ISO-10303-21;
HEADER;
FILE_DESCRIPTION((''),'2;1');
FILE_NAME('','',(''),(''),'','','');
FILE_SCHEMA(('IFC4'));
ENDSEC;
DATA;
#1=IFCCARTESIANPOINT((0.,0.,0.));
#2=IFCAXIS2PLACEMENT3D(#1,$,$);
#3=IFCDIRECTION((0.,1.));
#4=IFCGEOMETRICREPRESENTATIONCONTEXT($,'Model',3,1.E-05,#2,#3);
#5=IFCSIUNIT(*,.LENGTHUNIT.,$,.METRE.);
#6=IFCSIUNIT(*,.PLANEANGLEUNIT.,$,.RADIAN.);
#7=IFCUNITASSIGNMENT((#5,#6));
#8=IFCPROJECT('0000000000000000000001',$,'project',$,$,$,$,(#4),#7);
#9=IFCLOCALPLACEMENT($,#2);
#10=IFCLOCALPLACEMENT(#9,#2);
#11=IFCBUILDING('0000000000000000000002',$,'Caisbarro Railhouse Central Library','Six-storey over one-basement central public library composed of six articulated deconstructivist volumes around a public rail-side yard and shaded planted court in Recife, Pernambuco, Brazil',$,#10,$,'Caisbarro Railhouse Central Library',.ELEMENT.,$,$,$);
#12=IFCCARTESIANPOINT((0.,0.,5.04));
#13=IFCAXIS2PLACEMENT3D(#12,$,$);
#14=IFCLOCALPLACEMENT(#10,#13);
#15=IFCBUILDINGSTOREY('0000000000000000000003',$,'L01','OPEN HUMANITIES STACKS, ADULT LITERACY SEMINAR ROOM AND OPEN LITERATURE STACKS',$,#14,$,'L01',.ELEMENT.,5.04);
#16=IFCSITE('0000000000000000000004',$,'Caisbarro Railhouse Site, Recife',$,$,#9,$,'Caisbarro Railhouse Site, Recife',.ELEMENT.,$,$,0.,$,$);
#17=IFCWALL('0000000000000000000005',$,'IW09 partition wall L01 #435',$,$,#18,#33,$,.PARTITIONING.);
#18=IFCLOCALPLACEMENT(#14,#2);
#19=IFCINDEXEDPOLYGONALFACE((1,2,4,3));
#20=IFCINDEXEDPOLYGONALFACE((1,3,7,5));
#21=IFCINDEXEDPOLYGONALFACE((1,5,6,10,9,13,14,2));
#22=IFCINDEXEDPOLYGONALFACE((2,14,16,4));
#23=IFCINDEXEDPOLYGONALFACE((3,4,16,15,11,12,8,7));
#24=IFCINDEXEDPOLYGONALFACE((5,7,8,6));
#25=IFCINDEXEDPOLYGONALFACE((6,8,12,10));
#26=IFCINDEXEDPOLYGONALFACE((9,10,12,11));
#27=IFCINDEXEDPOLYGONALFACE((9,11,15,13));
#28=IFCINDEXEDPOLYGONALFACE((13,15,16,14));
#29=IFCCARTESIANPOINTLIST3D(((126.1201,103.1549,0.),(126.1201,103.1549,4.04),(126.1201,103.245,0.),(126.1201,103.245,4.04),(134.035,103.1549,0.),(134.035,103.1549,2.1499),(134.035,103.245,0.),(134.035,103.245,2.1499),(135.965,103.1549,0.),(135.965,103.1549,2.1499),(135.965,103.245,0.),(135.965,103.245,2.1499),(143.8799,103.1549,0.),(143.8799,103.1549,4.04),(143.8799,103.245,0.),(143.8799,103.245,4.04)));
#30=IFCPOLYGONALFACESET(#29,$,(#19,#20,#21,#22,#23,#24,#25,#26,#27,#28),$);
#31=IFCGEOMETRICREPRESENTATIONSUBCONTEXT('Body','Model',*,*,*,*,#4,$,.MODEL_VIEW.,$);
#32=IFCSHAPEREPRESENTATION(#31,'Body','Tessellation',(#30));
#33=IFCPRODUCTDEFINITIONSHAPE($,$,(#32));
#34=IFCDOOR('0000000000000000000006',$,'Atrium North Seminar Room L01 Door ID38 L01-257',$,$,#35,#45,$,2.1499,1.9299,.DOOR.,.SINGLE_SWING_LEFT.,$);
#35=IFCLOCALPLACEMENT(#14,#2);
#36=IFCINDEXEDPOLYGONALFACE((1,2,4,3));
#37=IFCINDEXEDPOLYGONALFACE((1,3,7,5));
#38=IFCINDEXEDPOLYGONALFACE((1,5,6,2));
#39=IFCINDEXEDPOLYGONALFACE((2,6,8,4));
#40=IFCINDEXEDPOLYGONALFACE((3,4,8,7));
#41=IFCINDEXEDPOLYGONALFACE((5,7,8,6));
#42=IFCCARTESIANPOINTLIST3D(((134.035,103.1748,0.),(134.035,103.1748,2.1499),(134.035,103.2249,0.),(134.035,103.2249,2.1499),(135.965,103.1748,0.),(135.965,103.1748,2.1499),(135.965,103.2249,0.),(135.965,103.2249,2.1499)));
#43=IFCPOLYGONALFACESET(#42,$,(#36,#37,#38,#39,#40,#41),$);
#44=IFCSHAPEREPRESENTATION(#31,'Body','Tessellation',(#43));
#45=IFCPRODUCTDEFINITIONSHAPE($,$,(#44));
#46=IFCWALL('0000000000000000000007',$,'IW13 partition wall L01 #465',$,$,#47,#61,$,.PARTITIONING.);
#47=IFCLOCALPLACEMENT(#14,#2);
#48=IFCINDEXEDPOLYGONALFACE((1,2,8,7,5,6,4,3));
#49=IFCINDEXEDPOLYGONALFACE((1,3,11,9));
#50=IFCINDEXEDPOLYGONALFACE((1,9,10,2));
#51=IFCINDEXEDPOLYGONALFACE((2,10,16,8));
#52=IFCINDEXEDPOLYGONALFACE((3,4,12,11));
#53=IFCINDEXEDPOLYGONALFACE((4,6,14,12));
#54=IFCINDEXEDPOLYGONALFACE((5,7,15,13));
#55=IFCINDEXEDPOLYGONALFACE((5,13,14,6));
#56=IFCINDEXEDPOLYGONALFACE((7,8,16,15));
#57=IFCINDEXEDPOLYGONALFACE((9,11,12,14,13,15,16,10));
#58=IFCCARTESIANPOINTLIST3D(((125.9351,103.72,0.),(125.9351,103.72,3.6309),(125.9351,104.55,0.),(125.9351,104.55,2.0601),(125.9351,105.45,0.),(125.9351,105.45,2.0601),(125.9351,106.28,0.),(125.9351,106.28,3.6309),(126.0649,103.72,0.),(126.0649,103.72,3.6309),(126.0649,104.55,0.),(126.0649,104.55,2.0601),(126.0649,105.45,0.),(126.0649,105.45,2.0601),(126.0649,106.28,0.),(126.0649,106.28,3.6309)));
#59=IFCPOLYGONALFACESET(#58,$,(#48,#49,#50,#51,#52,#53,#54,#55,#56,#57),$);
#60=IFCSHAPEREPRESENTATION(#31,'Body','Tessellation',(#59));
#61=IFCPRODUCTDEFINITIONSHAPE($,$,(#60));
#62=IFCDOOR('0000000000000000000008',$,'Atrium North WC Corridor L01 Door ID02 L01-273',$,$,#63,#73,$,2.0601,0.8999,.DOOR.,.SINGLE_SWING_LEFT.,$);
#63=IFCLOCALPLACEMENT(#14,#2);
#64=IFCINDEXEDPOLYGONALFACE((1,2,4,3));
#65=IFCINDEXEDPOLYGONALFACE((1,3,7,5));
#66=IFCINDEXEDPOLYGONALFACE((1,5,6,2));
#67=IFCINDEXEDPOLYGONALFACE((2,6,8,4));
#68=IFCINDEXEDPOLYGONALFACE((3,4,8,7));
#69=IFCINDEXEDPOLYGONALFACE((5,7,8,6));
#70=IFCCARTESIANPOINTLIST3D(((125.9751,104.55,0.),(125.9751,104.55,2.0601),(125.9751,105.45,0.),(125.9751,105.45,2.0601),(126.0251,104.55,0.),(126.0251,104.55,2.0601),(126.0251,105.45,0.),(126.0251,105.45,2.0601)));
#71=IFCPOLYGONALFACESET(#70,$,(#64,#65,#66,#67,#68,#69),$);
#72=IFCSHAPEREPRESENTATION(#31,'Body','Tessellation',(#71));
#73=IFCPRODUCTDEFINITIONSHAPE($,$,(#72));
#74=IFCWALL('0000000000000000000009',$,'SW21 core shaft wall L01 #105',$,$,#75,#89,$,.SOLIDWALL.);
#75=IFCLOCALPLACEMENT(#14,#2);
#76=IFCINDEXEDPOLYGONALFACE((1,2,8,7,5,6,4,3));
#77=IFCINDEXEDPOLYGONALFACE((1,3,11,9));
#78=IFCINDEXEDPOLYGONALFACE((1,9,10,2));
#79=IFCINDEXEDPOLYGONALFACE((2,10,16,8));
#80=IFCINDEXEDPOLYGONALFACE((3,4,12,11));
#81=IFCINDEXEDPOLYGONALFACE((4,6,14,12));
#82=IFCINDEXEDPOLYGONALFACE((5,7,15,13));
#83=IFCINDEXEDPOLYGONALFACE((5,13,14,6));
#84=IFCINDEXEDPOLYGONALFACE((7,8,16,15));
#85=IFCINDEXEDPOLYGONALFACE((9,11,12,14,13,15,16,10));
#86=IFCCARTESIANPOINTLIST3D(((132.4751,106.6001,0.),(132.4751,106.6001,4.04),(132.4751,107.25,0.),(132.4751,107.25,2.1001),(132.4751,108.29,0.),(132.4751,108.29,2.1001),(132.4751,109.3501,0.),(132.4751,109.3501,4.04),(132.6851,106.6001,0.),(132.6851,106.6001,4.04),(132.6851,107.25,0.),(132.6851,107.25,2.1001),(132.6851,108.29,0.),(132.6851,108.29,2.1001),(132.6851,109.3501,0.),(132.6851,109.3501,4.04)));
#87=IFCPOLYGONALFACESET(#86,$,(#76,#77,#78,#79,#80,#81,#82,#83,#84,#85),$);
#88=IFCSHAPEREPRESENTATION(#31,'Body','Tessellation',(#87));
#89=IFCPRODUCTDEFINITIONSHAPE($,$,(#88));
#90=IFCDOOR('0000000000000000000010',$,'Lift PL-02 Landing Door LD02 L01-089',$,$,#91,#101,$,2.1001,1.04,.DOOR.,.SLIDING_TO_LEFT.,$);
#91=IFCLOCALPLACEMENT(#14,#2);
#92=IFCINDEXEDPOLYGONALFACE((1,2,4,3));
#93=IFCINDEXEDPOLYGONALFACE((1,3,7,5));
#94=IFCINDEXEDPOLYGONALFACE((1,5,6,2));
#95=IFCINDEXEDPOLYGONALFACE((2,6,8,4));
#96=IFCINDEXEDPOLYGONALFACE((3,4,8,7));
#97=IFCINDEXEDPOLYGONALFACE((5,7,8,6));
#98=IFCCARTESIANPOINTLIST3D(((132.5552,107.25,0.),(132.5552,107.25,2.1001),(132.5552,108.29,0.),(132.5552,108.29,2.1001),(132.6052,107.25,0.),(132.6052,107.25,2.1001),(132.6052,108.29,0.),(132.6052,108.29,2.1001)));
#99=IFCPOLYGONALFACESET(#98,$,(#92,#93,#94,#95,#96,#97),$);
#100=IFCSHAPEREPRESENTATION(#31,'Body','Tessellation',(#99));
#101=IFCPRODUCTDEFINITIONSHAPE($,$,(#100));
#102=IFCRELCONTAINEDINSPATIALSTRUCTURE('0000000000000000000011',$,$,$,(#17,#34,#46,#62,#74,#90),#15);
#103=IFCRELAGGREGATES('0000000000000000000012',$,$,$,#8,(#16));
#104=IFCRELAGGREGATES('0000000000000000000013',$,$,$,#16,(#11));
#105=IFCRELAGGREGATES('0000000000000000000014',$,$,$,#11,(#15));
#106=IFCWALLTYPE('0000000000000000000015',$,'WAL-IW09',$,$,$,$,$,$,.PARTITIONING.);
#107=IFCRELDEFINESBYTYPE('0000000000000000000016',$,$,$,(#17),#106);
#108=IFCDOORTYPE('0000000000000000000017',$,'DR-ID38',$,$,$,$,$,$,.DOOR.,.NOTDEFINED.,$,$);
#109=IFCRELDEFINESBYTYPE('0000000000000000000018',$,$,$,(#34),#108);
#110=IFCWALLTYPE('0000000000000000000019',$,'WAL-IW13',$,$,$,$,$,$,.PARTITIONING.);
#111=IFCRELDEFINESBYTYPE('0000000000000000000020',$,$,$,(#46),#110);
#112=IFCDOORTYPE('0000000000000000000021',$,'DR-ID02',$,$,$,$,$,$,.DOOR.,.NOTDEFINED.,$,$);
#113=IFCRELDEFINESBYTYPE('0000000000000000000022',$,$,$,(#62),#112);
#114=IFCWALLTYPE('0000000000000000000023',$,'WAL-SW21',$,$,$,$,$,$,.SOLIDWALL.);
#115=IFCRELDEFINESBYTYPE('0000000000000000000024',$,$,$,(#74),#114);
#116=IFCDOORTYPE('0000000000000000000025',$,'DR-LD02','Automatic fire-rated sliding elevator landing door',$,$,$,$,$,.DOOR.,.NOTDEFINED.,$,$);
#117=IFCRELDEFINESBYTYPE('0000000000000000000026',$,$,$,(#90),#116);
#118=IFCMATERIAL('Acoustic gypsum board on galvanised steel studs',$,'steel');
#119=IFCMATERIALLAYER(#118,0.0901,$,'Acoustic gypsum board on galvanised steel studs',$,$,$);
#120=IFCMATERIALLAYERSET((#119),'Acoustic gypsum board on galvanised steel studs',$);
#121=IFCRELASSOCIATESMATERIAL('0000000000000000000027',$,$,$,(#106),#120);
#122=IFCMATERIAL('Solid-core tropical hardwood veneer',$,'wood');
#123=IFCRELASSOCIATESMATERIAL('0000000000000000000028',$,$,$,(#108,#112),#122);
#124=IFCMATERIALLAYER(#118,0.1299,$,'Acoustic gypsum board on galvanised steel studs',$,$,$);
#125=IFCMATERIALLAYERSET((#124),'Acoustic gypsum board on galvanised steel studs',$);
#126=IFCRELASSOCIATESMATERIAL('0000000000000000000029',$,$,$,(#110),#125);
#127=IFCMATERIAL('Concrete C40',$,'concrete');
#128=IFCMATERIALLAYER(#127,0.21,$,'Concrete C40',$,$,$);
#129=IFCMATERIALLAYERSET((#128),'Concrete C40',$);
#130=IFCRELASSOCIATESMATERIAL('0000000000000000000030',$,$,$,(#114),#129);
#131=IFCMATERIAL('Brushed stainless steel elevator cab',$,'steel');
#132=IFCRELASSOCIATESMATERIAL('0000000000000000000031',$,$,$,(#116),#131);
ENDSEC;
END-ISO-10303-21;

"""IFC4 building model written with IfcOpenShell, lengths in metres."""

from ifc_helpers import new_model, si_unit, direction, frame, frame_2d, origin, place, context, subcontext, project, spatial, rectangle, extrude, material, layer, layer_set, type_object, element, fill, save


model = new_model("IFC4")

# Units and contexts
model_context = context("Model", 3, precision=1e-05, world=origin(), true_north=direction((0.0, 1.0)))
body_context = subcontext(model_context, "Body", "Model", "MODEL_VIEW")
ifc_project = project(units=[si_unit("LENGTHUNIT", "METRE"), si_unit("PLANEANGLEUNIT", "RADIAN")], contexts=[model_context])

# Site, building, storey
site_placement = place(None, origin())
site = spatial("IfcSite", under=ifc_project, at=site_placement, Name="Caisbarro Railhouse Site, Recife", LongName="Caisbarro Railhouse Site, Recife", CompositionType="ELEMENT", RefElevation=0.0)
building_placement = place(site_placement, origin())
building = spatial("IfcBuilding", under=site, at=building_placement, Name="Caisbarro Railhouse Central Library", Description="Six-storey over one-basement central public library composed of six articulated deconstructivist volumes around a public rail-side yard and shaded planted court in Recife, Pernambuco, Brazil", LongName="Caisbarro Railhouse Central Library", CompositionType="ELEMENT")
storey_placement = place(building_placement, frame((0.0, 0.0, 5.04)))
storey = spatial("IfcBuildingStorey", under=building, at=storey_placement, Name="L01", Description="OPEN HUMANITIES STACKS, ADULT LITERACY SEMINAR ROOM AND OPEN LITERATURE STACKS", LongName="L01", CompositionType="ELEMENT", Elevation=5.04)

# Shared definitions
ifc_material_1 = material(Name="Concrete C40", Category="concrete")

# Walls, openings, doors
ifc_material_2 = material(Name="Acoustic gypsum board on galvanised steel studs", Category="steel")
ifc_layer_1 = layer(ifc_material_2, 0.0901, Name="Acoustic gypsum board on galvanised steel studs")
ifc_layer_set_1 = layer_set([ifc_layer_1], Name="Acoustic gypsum board on galvanised steel studs")
wall_type_1 = type_object("IfcWallType", Name="WAL-IW09", PredefinedType="PARTITIONING", material=ifc_layer_set_1)
wall_1_placement = place(storey_placement, frame((126.1201, 103.2, 0.0), z_axis=(0.0, 0.0, 1.0), x_axis=(1.0, 0.0, 0.0)))
wall_1 = element("IfcWall", 1, at=wall_1_placement, inside=storey, type_object=wall_type_1, Name="IW09 partition wall L01 #435", PredefinedType="PARTITIONING", context=body_context, shape_type="SweptSolid", body=[
    extrude(rectangle(XDim=17.7598, YDim=0.0901, at=frame_2d((8.8799, 0.0))), origin(), (0.0, 0.0, 1.0), 4.04),
])
opening_1_placement = place(wall_1_placement, frame((7.915, 0.0, 0.0)))
opening_1 = element("IfcOpeningElement", 2, at=opening_1_placement, cuts=wall_1, PredefinedType="OPENING", context=body_context, shape_type="SweptSolid", body=[
    extrude(rectangle(XDim=1.9299, YDim=2.1499, at=frame_2d((0.9648, 1.075))), frame((0.0, 0.0552, 0.0), z_axis=(0.0, -1.0, 0.0), x_axis=(1.0, 0.0, 0.0)), (0.0, 0.0, 1.0), 0.1101),
])
ifc_material_3 = material(Name="Solid-core tropical hardwood veneer", Category="wood")
door_type_1 = type_object("IfcDoorType", Name="DR-ID38", OperationType="NOTDEFINED", PredefinedType="DOOR", material=ifc_material_3)
door_1_placement = place(opening_1_placement, origin())
door_1 = element("IfcDoor", 3, at=door_1_placement, inside=storey, type_object=door_type_1, Name="Atrium North Seminar Room L01 Door ID38 L01-257", OperationType="SINGLE_SWING_LEFT", OverallHeight=2.1499, OverallWidth=1.9299, PredefinedType="DOOR", context=body_context, shape_type="SweptSolid", body=[
    extrude(rectangle(XDim=1.9299, YDim=2.1499, at=frame_2d((0.9648, 1.075))), frame((0.0, 0.0249, 0.0), z_axis=(0.0, -1.0, 0.0), x_axis=(1.0, 0.0, 0.0)), (0.0, 0.0, 1.0), 0.05),
])
fill(opening_1, door_1)
ifc_layer_2 = layer(ifc_material_2, 0.1299, Name="Acoustic gypsum board on galvanised steel studs")
ifc_layer_set_2 = layer_set([ifc_layer_2], Name="Acoustic gypsum board on galvanised steel studs")
wall_type_2 = type_object("IfcWallType", Name="WAL-IW13", PredefinedType="PARTITIONING", material=ifc_layer_set_2)
wall_2_placement = place(storey_placement, frame((126.0, 103.72, 0.0), z_axis=(0.0, 0.0, 1.0), x_axis=(0.0, 1.0, 0.0)))
wall_2 = element("IfcWall", 4, at=wall_2_placement, inside=storey, type_object=wall_type_2, Name="IW13 partition wall L01 #465", PredefinedType="PARTITIONING", context=body_context, shape_type="SweptSolid", body=[
    extrude(rectangle(XDim=2.5601, YDim=0.1299, at=frame_2d((1.28, 0.0))), origin(), (0.0, 0.0, 1.0), 3.6309),
])
opening_2_placement = place(wall_2_placement, frame((0.8301, 0.0, 0.0)))
opening_2 = element("IfcOpeningElement", 5, at=opening_2_placement, cuts=wall_2, PredefinedType="OPENING", context=body_context, shape_type="SweptSolid", body=[
    extrude(rectangle(XDim=0.8999, YDim=2.0601, at=frame_2d((0.45, 1.03))), frame((0.0, 0.075, 0.0), z_axis=(0.0, -1.0, 0.0), x_axis=(1.0, 0.0, 0.0)), (0.0, 0.0, 1.0), 0.1499),
])
door_type_2 = type_object("IfcDoorType", Name="DR-ID02", OperationType="NOTDEFINED", PredefinedType="DOOR", material=ifc_material_3)
door_2_placement = place(opening_2_placement, origin())
door_2 = element("IfcDoor", 6, at=door_2_placement, inside=storey, type_object=door_type_2, Name="Atrium North WC Corridor L01 Door ID02 L01-273", OperationType="SINGLE_SWING_LEFT", OverallHeight=2.0601, OverallWidth=0.8999, PredefinedType="DOOR", context=body_context, shape_type="SweptSolid", body=[
    extrude(rectangle(XDim=0.8999, YDim=2.0601, at=frame_2d((0.45, 1.03))), frame((0.0, 0.0249, 0.0), z_axis=(0.0, -1.0, 0.0), x_axis=(1.0, 0.0, 0.0)), (0.0, 0.0, 1.0), 0.05),
])
fill(opening_2, door_2)
ifc_layer_3 = layer(ifc_material_1, 0.21, Name="Concrete C40")
ifc_layer_set_3 = layer_set([ifc_layer_3], Name="Concrete C40")
wall_type_3 = type_object("IfcWallType", Name="WAL-SW21", PredefinedType="SOLIDWALL", material=ifc_layer_set_3)
wall_3_placement = place(storey_placement, frame((132.5801, 106.6001, 0.0), z_axis=(0.0, 0.0, 1.0), x_axis=(0.0, 1.0, 0.0)))
wall_3 = element("IfcWall", 7, at=wall_3_placement, inside=storey, type_object=wall_type_3, Name="SW21 core shaft wall L01 #105", PredefinedType="SOLIDWALL", context=body_context, shape_type="SweptSolid", body=[
    extrude(rectangle(XDim=2.75, YDim=0.21, at=frame_2d((1.375, 0.0))), origin(), (0.0, 0.0, 1.0), 4.04),
])
opening_3_placement = place(wall_3_placement, frame((0.6499, 0.0, 0.0)))
opening_3 = element("IfcOpeningElement", 8, at=opening_3_placement, cuts=wall_3, PredefinedType="OPENING", context=body_context, shape_type="SweptSolid", body=[
    extrude(rectangle(XDim=1.04, YDim=2.1001, at=frame_2d((0.52, 1.05))), frame((0.0, 0.115, 0.0), z_axis=(0.0, -1.0, 0.0), x_axis=(1.0, 0.0, 0.0)), (0.0, 0.0, 1.0), 0.23),
])
ifc_material_4 = material(Name="Brushed stainless steel elevator cab", Category="steel")
door_type_3 = type_object("IfcDoorType", Name="DR-LD02", Description="Automatic fire-rated sliding elevator landing door", OperationType="NOTDEFINED", PredefinedType="DOOR", material=ifc_material_4)
door_3_placement = place(opening_3_placement, origin())
door_3 = element("IfcDoor", 9, at=door_3_placement, inside=storey, type_object=door_type_3, Name="Lift PL-02 Landing Door LD02 L01-089", OperationType="SLIDING_TO_LEFT", OverallHeight=2.1001, OverallWidth=1.04, PredefinedType="DOOR", context=body_context, shape_type="SweptSolid", body=[
    extrude(rectangle(XDim=1.04, YDim=2.1001, at=frame_2d((0.52, 1.05))), frame((0.0, 0.0249, 0.0), z_axis=(0.0, -1.0, 0.0), x_axis=(1.0, 0.0, 0.0)), (0.0, 0.0, 1.0), 0.05),
])
fill(opening_3, door_3)

save(model, "model.ifc")
